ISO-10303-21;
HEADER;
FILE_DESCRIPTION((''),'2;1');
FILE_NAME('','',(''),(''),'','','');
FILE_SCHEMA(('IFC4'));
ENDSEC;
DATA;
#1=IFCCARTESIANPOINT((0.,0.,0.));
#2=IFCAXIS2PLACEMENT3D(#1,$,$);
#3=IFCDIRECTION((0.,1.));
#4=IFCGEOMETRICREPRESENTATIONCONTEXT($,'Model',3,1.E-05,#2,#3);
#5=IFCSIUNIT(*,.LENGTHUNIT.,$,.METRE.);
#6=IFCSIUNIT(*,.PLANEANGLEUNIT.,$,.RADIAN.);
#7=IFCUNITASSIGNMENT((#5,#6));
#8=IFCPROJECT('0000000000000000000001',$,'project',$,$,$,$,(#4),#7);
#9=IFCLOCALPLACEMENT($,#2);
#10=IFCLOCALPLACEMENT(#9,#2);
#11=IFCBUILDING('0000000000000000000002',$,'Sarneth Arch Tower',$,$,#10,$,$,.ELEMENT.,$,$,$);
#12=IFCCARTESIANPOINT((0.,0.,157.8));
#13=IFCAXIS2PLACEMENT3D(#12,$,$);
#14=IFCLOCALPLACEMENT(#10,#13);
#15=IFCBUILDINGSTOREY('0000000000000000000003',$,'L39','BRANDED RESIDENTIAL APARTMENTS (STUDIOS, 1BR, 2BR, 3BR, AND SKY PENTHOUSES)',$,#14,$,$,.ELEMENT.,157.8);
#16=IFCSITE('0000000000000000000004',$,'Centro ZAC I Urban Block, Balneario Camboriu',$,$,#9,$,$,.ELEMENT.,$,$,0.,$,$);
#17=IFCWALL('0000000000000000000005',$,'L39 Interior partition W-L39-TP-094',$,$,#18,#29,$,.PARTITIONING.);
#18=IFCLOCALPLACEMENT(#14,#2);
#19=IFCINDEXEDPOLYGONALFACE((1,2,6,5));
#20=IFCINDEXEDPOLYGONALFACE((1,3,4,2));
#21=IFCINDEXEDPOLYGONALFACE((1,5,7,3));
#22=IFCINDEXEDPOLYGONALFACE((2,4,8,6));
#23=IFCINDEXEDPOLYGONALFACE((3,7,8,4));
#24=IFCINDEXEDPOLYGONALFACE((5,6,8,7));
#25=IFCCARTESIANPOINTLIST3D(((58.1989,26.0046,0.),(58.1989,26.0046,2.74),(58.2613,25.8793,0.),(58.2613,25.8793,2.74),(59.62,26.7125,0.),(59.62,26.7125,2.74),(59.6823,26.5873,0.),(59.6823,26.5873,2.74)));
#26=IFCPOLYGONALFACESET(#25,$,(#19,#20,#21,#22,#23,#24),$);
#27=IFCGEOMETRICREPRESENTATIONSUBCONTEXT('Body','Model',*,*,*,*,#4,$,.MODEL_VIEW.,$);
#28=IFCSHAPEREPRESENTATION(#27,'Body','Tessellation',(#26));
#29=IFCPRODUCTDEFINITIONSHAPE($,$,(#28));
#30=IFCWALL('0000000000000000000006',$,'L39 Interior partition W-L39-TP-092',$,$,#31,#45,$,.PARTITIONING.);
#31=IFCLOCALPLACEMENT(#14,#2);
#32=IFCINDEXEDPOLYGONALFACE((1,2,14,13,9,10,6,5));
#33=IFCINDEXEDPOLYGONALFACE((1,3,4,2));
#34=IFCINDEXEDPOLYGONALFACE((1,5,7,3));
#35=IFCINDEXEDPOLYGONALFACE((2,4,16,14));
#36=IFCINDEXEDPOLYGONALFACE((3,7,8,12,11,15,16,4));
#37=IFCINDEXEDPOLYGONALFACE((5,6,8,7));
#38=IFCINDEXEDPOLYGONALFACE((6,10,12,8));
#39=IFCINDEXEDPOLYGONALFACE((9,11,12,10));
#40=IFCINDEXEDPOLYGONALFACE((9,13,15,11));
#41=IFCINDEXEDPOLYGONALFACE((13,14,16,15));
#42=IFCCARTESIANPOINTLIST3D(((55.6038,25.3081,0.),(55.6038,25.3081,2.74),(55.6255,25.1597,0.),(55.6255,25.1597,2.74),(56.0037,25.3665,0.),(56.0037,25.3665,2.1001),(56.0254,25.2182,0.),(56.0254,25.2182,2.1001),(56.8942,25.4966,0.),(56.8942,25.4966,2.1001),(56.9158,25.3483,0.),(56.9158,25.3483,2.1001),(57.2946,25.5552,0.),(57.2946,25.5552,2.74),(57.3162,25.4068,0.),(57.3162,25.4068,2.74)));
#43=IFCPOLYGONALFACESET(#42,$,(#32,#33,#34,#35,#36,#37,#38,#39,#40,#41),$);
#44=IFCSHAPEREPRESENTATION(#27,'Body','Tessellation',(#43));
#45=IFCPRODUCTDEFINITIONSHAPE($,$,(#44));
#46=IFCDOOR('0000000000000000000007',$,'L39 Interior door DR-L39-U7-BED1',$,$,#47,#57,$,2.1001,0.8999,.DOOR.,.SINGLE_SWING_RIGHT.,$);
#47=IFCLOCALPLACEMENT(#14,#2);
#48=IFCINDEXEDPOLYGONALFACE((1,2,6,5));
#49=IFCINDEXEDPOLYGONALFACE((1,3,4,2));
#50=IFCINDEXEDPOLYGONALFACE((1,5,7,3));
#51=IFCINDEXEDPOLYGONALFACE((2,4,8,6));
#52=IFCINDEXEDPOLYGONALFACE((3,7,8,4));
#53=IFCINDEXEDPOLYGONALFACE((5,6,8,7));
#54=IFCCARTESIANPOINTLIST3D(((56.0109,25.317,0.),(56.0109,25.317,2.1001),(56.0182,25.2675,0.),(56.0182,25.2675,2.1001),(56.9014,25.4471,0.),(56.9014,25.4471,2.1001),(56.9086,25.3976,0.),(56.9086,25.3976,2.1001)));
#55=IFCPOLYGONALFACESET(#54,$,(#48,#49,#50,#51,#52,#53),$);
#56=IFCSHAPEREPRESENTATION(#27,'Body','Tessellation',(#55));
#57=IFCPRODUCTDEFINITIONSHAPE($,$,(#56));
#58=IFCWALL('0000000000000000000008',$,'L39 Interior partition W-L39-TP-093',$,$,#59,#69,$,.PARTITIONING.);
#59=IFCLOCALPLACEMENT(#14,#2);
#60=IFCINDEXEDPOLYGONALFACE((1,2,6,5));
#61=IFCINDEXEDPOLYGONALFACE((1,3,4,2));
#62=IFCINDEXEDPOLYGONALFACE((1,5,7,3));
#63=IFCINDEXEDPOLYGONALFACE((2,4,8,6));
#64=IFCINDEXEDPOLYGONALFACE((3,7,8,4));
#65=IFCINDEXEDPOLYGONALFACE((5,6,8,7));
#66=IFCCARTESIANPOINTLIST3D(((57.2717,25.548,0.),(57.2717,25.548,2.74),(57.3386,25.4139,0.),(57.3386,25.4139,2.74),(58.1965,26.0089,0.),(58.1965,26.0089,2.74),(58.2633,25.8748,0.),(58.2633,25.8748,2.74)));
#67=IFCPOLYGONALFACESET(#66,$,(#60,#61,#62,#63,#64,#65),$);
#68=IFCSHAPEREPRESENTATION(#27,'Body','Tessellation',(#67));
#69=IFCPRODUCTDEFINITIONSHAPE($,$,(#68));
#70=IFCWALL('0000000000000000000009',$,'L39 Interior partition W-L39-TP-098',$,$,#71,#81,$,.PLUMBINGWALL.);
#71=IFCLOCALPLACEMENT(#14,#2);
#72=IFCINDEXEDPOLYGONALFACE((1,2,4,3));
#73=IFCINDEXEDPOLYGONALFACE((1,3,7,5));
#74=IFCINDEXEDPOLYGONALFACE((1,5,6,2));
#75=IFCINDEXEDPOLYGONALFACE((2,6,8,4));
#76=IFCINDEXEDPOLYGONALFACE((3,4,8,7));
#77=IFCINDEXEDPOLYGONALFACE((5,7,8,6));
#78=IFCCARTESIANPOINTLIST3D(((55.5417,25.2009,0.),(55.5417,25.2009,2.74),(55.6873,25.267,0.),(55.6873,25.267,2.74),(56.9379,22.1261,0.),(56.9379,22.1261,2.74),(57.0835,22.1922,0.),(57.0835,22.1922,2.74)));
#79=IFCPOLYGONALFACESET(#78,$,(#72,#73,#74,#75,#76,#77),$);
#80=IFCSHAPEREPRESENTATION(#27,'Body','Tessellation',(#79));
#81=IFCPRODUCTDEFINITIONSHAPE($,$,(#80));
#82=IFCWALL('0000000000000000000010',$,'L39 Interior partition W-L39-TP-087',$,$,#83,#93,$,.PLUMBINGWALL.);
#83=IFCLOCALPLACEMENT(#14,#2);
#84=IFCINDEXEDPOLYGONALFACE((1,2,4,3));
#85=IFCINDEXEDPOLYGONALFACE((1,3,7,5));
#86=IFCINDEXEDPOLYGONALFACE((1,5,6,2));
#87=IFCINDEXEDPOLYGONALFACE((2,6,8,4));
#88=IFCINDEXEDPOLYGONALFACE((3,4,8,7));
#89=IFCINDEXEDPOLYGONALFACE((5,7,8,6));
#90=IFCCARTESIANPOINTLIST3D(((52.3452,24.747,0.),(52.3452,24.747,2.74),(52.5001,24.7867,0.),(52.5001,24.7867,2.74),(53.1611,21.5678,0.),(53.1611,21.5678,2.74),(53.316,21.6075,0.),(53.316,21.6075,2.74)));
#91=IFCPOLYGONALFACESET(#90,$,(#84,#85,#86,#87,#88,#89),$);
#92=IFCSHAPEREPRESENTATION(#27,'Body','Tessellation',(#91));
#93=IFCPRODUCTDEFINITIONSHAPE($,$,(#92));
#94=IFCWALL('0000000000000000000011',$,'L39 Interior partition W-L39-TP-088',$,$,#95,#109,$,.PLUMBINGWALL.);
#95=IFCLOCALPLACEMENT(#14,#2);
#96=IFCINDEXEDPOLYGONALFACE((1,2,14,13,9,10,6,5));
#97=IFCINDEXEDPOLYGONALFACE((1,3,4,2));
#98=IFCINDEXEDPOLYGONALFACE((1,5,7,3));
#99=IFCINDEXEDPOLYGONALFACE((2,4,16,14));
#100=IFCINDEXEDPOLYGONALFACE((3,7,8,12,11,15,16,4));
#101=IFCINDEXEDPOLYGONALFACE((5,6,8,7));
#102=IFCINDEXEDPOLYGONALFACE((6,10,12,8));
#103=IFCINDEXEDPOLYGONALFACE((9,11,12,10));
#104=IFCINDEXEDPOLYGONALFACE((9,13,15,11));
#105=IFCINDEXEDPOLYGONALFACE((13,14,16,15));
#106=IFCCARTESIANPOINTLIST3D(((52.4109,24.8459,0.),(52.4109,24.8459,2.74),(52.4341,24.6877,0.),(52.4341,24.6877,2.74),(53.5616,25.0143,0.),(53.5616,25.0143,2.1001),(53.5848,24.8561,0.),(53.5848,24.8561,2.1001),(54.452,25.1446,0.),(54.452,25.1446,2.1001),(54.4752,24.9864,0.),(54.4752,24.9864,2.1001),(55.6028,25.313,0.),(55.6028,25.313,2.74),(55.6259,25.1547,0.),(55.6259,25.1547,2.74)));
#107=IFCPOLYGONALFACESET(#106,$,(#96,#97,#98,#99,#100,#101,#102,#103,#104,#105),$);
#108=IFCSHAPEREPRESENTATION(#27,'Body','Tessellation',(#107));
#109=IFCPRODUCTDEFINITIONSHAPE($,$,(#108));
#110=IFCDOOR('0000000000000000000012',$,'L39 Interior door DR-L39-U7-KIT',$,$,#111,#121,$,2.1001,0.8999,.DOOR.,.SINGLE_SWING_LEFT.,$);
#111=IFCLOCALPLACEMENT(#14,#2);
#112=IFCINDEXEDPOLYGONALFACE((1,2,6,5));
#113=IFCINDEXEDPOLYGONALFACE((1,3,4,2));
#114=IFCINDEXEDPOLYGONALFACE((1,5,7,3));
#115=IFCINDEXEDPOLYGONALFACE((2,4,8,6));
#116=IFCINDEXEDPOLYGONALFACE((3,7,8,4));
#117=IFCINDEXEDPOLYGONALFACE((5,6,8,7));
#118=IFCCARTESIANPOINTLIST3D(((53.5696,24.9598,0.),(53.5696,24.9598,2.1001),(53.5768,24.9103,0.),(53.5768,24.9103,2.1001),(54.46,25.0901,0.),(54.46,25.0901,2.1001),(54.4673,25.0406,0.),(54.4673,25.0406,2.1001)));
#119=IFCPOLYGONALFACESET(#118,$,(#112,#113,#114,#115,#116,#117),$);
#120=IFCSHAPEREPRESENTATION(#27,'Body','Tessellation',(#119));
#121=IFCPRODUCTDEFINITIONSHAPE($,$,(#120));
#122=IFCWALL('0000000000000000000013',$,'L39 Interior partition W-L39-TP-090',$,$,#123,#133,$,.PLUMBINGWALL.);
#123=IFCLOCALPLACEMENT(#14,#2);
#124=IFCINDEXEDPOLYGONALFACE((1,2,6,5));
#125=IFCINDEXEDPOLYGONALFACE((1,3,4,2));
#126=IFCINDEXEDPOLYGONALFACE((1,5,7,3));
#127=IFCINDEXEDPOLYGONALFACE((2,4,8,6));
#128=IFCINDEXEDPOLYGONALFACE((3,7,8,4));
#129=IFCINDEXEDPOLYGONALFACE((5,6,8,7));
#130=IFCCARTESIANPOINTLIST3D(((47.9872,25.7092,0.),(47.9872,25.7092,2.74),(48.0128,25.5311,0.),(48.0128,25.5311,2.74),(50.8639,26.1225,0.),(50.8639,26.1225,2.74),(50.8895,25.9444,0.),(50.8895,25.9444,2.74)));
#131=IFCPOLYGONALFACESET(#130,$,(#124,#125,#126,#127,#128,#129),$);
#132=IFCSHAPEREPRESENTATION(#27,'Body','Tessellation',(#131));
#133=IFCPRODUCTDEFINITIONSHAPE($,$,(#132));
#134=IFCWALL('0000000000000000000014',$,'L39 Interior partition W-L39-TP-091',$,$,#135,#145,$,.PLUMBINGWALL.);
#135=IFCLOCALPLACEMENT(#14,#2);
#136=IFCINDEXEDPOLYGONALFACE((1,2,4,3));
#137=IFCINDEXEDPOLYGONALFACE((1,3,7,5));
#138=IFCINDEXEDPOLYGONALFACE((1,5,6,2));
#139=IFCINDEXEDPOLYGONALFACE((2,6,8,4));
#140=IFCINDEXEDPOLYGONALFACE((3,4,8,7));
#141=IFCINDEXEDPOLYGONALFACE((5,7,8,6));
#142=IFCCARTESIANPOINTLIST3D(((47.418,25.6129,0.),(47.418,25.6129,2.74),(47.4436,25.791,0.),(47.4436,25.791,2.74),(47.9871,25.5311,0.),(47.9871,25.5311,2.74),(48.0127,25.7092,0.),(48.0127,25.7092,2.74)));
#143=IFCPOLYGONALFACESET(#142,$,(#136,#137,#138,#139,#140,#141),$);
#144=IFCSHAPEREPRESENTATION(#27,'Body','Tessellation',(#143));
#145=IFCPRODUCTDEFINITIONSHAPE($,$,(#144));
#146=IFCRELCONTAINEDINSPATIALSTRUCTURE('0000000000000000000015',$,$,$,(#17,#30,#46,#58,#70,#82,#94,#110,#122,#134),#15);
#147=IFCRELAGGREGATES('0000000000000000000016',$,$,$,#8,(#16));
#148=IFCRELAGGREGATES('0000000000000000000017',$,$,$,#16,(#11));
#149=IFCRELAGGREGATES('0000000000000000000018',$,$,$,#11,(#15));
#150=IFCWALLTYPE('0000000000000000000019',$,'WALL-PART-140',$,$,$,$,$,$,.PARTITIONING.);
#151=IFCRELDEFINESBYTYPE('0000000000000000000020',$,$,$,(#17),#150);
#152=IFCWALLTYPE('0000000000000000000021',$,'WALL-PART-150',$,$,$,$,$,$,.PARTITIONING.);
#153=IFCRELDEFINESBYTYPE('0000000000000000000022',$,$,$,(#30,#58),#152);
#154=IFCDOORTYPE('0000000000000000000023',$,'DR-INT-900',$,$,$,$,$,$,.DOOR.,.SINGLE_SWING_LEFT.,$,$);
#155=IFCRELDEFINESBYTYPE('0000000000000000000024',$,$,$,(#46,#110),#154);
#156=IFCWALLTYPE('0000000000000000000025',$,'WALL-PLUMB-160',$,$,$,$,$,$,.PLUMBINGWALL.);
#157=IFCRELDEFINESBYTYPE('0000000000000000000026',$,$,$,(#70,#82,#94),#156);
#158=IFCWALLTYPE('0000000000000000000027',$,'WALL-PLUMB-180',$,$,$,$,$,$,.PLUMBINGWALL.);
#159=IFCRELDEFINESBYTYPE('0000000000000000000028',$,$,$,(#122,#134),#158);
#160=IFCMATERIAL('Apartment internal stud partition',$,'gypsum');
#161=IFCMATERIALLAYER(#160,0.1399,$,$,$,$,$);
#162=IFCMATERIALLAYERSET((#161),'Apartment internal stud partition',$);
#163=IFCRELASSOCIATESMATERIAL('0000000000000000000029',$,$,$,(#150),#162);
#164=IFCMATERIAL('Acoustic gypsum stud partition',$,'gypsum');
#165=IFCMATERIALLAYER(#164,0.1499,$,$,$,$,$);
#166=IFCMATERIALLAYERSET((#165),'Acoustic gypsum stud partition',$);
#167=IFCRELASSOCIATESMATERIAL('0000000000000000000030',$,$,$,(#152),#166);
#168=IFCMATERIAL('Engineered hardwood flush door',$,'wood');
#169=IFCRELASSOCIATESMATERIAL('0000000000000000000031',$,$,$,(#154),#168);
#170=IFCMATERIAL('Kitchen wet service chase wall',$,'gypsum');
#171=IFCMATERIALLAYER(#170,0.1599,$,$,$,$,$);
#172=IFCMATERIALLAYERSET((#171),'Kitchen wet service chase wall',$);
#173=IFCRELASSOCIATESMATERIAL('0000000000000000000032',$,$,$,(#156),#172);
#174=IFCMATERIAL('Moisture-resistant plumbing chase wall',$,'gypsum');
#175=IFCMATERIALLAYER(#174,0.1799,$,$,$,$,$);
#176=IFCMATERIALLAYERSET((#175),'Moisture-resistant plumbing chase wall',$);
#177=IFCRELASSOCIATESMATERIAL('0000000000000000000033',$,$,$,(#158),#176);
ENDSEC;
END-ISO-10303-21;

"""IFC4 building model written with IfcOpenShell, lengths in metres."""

from ifc_helpers import new_model, si_unit, direction, frame, frame_2d, origin, place, context, subcontext, project, spatial, rectangle, extrude, material, layer, layer_set, type_object, element, fill, save


model = new_model("IFC4")

# Units and contexts
model_context = context("Model", 3, precision=1e-05, world=origin(), true_north=direction((0.0, 1.0)))
body_context = subcontext(model_context, "Body", "Model", "MODEL_VIEW")
ifc_project = project(units=[si_unit("LENGTHUNIT", "METRE"), si_unit("PLANEANGLEUNIT", "RADIAN")], contexts=[model_context])

# Site, building, storey
site_placement = place(None, origin())
site = spatial("IfcSite", under=ifc_project, at=site_placement, Name="Centro ZAC I Urban Block, Balneario Camboriu", CompositionType="ELEMENT", RefElevation=0.0)
building_placement = place(site_placement, origin())
building = spatial("IfcBuilding", under=site, at=building_placement, Name="Sarneth Arch Tower", CompositionType="ELEMENT")
storey_placement = place(building_placement, frame((0.0, 0.0, 157.8)))
storey = spatial("IfcBuildingStorey", under=building, at=storey_placement, Name="L39", Description="BRANDED RESIDENTIAL APARTMENTS (STUDIOS, 1BR, 2BR, 3BR, AND SKY PENTHOUSES)", CompositionType="ELEMENT", Elevation=157.8)

# Wall
ifc_material_1 = material(Name="Apartment internal stud partition", Category="gypsum")
ifc_layer_1 = layer(ifc_material_1, 0.1399)
ifc_layer_set_1 = layer_set([ifc_layer_1], Name="Apartment internal stud partition")
wall_type_1 = type_object("IfcWallType", Name="WALL-PART-140", PredefinedType="PARTITIONING", material=ifc_layer_set_1)
wall_1_placement = place(storey_placement, frame((58.23, 25.9419, 0.0), z_axis=(0.0, 0.0, 1.0), x_axis=(0.895072, 0.445921, 0.0)))
element("IfcWall", 1, at=wall_1_placement, inside=storey, type_object=wall_type_1, Name="L39 Interior partition W-L39-TP-094", PredefinedType="PARTITIONING", context=body_context, shape_type="SweptSolid", body=[
    extrude(rectangle(XDim=1.5876, YDim=0.1399, at=frame_2d((0.7939, 0.0))), origin(), (0.0, 0.0, 1.0), 2.74),
])

# Wall, opening, door
ifc_material_2 = material(Name="Acoustic gypsum stud partition", Category="gypsum")
ifc_layer_2 = layer(ifc_material_2, 0.1499)
ifc_layer_set_2 = layer_set([ifc_layer_2], Name="Acoustic gypsum stud partition")
wall_type_2 = type_object("IfcWallType", Name="WALL-PART-150", PredefinedType="PARTITIONING", material=ifc_layer_set_2)
wall_2_placement = place(storey_placement, frame((55.6145, 25.2339, 0.0), z_axis=(0.0, 0.0, 1.0), x_axis=(0.98949, 0.144601, 0.0)))
wall_2 = element("IfcWall", 2, at=wall_2_placement, inside=storey, type_object=wall_type_2, Name="L39 Interior partition W-L39-TP-092", PredefinedType="PARTITIONING", context=body_context, shape_type="SweptSolid", body=[
    extrude(rectangle(XDim=1.7087, YDim=0.1499, at=frame_2d((0.8545, 0.0))), origin(), (0.0, 0.0, 1.0), 2.74),
])
opening_1_placement = place(wall_2_placement, frame((0.4043, 0.0, 0.0)))
opening_1 = element("IfcOpeningElement", 3, at=opening_1_placement, cuts=wall_2, PredefinedType="OPENING", context=body_context, shape_type="SweptSolid", body=[
    extrude(rectangle(XDim=0.8999, YDim=2.1001, at=frame_2d((0.45, 1.05))), frame((0.0, 0.085, 0.0), z_axis=(0.0, -1.0, 0.0), x_axis=(1.0, 0.0, 0.0)), (0.0, 0.0, 1.0), 0.1699),
])
ifc_material_3 = material(Name="Engineered hardwood flush door", Category="wood")
door_type_1 = type_object("IfcDoorType", Name="DR-INT-900", OperationType="SINGLE_SWING_LEFT", PredefinedType="DOOR", material=ifc_material_3)
door_1_placement = place(opening_1_placement, origin())
door_1 = element("IfcDoor", 4, at=door_1_placement, inside=storey, type_object=door_type_1, Name="L39 Interior door DR-L39-U7-BED1", OperationType="SINGLE_SWING_RIGHT", OverallHeight=2.1001, OverallWidth=0.8999, PredefinedType="DOOR", context=body_context, shape_type="SweptSolid", body=[
    extrude(rectangle(XDim=0.8999, YDim=2.1001, at=frame_2d((0.45, 1.05))), frame((0.0, 0.0249, 0.0), z_axis=(0.0, -1.0, 0.0), x_axis=(1.0, 0.0, 0.0)), (0.0, 0.0, 1.0), 0.05),
])
fill(opening_1, door_1)

# Walls
wall_3_placement = place(storey_placement, frame((57.3052, 25.481, 0.0), z_axis=(0.0, 0.0, 1.0), x_axis=(0.894994, 0.446079, 0.0)))
element("IfcWall", 5, at=wall_3_placement, inside=storey, type_object=wall_type_2, Name="L39 Interior partition W-L39-TP-093", PredefinedType="PARTITIONING", context=body_context, shape_type="SweptSolid", body=[
    extrude(rectangle(XDim=1.0332, YDim=0.1499, at=frame_2d((0.5166, 0.0))), origin(), (0.0, 0.0, 1.0), 2.74),
])
ifc_material_4 = material(Name="Kitchen wet service chase wall", Category="gypsum")
ifc_layer_3 = layer(ifc_material_4, 0.1599)
ifc_layer_set_3 = layer_set([ifc_layer_3], Name="Kitchen wet service chase wall")
wall_type_3 = type_object("IfcWallType", Name="WALL-PLUMB-160", PredefinedType="PLUMBINGWALL", material=ifc_layer_set_3)
wall_4_placement = place(storey_placement, frame((57.0107, 22.1592, 0.0), z_axis=(0.0, 0.0, 1.0), x_axis=(-0.413471, 0.910517, 0.0)))
element("IfcWall", 6, at=wall_4_placement, inside=storey, type_object=wall_type_3, Name="L39 Interior partition W-L39-TP-098", PredefinedType="PLUMBINGWALL", context=body_context, shape_type="SweptSolid", body=[
    extrude(rectangle(XDim=3.377, YDim=0.1599, at=frame_2d((1.6885, 0.0))), origin(), (0.0, 0.0, 1.0), 2.74),
])
wall_5_placement = place(storey_placement, frame((53.2385, 21.5876, 0.0), z_axis=(0.0, 0.0, 1.0), x_axis=(-0.248587, 0.96861, 0.0)))
element("IfcWall", 7, at=wall_5_placement, inside=storey, type_object=wall_type_3, Name="L39 Interior partition W-L39-TP-087", PredefinedType="PLUMBINGWALL", context=body_context, shape_type="SweptSolid", body=[
    extrude(rectangle(XDim=3.2822, YDim=0.1599, at=frame_2d((1.6411, 0.0))), origin(), (0.0, 0.0, 1.0), 2.74),
])

# Wall, opening, door
wall_6_placement = place(storey_placement, frame((52.4226, 24.7668, 0.0), z_axis=(0.0, 0.0, 1.0), x_axis=(0.989464, 0.144779, 0.0)))
wall_6 = element("IfcWall", 8, at=wall_6_placement, inside=storey, type_object=wall_type_3, Name="L39 Interior partition W-L39-TP-088", PredefinedType="PLUMBINGWALL", context=body_context, shape_type="SweptSolid", body=[
    extrude(rectangle(XDim=3.2258, YDim=0.1599, at=frame_2d((1.6128, 0.0))), origin(), (0.0, 0.0, 1.0), 2.74),
])
opening_2_placement = place(wall_6_placement, frame((1.1628, 0.0, 0.0)))
opening_2 = element("IfcOpeningElement", 9, at=opening_2_placement, cuts=wall_6, PredefinedType="OPENING", context=body_context, shape_type="SweptSolid", body=[
    extrude(rectangle(XDim=0.8999, YDim=2.1001, at=frame_2d((0.45, 1.05))), frame((0.0, 0.0898, 0.0), z_axis=(0.0, -1.0, 0.0), x_axis=(1.0, 0.0, 0.0)), (0.0, 0.0, 1.0), 0.1799),
])
door_2_placement = place(opening_2_placement, origin())
door_2 = element("IfcDoor", 10, at=door_2_placement, inside=storey, type_object=door_type_1, Name="L39 Interior door DR-L39-U7-KIT", OperationType="SINGLE_SWING_LEFT", OverallHeight=2.1001, OverallWidth=0.8999, PredefinedType="DOOR", context=body_context, shape_type="SweptSolid", body=[
    extrude(rectangle(XDim=0.8999, YDim=2.1001, at=frame_2d((0.45, 1.05))), frame((0.0, 0.0249, 0.0), z_axis=(0.0, -1.0, 0.0), x_axis=(1.0, 0.0, 0.0)), (0.0, 0.0, 1.0), 0.05),
])
fill(opening_2, door_2)

# Walls
ifc_material_5 = material(Name="Moisture-resistant plumbing chase wall", Category="gypsum")
ifc_layer_4 = layer(ifc_material_5, 0.1799)
ifc_layer_set_4 = layer_set([ifc_layer_4], Name="Moisture-resistant plumbing chase wall")
wall_type_4 = type_object("IfcWallType", Name="WALL-PLUMB-180", PredefinedType="PLUMBINGWALL", material=ifc_layer_set_4)
wall_7_placement = place(storey_placement, frame((50.8767, 26.0334, 0.0), z_axis=(0.0, 0.0, 1.0), x_axis=(-0.989835, -0.142221, 0.0)))
element("IfcWall", 11, at=wall_7_placement, inside=storey, type_object=wall_type_4, Name="L39 Interior partition W-L39-TP-090", PredefinedType="PLUMBINGWALL", context=body_context, shape_type="SweptSolid", body=[
    extrude(rectangle(XDim=2.9062, YDim=0.1799, at=frame_2d((1.4531, 0.0))), origin(), (0.0, 0.0, 1.0), 2.74),
])
wall_8_placement = place(storey_placement, frame((48.0, 25.6201, 0.0), z_axis=(0.0, 0.0, 1.0), x_axis=(-0.98983, 0.142254, 0.0)))
element("IfcWall", 12, at=wall_8_placement, inside=storey, type_object=wall_type_4, Name="L39 Interior partition W-L39-TP-091", PredefinedType="PLUMBINGWALL", context=body_context, shape_type="SweptSolid", body=[
    extrude(rectangle(XDim=0.575, YDim=0.1799, at=frame_2d((0.2876, 0.0))), origin(), (0.0, 0.0, 1.0), 2.74),
])

save(model, "model.ifc")
